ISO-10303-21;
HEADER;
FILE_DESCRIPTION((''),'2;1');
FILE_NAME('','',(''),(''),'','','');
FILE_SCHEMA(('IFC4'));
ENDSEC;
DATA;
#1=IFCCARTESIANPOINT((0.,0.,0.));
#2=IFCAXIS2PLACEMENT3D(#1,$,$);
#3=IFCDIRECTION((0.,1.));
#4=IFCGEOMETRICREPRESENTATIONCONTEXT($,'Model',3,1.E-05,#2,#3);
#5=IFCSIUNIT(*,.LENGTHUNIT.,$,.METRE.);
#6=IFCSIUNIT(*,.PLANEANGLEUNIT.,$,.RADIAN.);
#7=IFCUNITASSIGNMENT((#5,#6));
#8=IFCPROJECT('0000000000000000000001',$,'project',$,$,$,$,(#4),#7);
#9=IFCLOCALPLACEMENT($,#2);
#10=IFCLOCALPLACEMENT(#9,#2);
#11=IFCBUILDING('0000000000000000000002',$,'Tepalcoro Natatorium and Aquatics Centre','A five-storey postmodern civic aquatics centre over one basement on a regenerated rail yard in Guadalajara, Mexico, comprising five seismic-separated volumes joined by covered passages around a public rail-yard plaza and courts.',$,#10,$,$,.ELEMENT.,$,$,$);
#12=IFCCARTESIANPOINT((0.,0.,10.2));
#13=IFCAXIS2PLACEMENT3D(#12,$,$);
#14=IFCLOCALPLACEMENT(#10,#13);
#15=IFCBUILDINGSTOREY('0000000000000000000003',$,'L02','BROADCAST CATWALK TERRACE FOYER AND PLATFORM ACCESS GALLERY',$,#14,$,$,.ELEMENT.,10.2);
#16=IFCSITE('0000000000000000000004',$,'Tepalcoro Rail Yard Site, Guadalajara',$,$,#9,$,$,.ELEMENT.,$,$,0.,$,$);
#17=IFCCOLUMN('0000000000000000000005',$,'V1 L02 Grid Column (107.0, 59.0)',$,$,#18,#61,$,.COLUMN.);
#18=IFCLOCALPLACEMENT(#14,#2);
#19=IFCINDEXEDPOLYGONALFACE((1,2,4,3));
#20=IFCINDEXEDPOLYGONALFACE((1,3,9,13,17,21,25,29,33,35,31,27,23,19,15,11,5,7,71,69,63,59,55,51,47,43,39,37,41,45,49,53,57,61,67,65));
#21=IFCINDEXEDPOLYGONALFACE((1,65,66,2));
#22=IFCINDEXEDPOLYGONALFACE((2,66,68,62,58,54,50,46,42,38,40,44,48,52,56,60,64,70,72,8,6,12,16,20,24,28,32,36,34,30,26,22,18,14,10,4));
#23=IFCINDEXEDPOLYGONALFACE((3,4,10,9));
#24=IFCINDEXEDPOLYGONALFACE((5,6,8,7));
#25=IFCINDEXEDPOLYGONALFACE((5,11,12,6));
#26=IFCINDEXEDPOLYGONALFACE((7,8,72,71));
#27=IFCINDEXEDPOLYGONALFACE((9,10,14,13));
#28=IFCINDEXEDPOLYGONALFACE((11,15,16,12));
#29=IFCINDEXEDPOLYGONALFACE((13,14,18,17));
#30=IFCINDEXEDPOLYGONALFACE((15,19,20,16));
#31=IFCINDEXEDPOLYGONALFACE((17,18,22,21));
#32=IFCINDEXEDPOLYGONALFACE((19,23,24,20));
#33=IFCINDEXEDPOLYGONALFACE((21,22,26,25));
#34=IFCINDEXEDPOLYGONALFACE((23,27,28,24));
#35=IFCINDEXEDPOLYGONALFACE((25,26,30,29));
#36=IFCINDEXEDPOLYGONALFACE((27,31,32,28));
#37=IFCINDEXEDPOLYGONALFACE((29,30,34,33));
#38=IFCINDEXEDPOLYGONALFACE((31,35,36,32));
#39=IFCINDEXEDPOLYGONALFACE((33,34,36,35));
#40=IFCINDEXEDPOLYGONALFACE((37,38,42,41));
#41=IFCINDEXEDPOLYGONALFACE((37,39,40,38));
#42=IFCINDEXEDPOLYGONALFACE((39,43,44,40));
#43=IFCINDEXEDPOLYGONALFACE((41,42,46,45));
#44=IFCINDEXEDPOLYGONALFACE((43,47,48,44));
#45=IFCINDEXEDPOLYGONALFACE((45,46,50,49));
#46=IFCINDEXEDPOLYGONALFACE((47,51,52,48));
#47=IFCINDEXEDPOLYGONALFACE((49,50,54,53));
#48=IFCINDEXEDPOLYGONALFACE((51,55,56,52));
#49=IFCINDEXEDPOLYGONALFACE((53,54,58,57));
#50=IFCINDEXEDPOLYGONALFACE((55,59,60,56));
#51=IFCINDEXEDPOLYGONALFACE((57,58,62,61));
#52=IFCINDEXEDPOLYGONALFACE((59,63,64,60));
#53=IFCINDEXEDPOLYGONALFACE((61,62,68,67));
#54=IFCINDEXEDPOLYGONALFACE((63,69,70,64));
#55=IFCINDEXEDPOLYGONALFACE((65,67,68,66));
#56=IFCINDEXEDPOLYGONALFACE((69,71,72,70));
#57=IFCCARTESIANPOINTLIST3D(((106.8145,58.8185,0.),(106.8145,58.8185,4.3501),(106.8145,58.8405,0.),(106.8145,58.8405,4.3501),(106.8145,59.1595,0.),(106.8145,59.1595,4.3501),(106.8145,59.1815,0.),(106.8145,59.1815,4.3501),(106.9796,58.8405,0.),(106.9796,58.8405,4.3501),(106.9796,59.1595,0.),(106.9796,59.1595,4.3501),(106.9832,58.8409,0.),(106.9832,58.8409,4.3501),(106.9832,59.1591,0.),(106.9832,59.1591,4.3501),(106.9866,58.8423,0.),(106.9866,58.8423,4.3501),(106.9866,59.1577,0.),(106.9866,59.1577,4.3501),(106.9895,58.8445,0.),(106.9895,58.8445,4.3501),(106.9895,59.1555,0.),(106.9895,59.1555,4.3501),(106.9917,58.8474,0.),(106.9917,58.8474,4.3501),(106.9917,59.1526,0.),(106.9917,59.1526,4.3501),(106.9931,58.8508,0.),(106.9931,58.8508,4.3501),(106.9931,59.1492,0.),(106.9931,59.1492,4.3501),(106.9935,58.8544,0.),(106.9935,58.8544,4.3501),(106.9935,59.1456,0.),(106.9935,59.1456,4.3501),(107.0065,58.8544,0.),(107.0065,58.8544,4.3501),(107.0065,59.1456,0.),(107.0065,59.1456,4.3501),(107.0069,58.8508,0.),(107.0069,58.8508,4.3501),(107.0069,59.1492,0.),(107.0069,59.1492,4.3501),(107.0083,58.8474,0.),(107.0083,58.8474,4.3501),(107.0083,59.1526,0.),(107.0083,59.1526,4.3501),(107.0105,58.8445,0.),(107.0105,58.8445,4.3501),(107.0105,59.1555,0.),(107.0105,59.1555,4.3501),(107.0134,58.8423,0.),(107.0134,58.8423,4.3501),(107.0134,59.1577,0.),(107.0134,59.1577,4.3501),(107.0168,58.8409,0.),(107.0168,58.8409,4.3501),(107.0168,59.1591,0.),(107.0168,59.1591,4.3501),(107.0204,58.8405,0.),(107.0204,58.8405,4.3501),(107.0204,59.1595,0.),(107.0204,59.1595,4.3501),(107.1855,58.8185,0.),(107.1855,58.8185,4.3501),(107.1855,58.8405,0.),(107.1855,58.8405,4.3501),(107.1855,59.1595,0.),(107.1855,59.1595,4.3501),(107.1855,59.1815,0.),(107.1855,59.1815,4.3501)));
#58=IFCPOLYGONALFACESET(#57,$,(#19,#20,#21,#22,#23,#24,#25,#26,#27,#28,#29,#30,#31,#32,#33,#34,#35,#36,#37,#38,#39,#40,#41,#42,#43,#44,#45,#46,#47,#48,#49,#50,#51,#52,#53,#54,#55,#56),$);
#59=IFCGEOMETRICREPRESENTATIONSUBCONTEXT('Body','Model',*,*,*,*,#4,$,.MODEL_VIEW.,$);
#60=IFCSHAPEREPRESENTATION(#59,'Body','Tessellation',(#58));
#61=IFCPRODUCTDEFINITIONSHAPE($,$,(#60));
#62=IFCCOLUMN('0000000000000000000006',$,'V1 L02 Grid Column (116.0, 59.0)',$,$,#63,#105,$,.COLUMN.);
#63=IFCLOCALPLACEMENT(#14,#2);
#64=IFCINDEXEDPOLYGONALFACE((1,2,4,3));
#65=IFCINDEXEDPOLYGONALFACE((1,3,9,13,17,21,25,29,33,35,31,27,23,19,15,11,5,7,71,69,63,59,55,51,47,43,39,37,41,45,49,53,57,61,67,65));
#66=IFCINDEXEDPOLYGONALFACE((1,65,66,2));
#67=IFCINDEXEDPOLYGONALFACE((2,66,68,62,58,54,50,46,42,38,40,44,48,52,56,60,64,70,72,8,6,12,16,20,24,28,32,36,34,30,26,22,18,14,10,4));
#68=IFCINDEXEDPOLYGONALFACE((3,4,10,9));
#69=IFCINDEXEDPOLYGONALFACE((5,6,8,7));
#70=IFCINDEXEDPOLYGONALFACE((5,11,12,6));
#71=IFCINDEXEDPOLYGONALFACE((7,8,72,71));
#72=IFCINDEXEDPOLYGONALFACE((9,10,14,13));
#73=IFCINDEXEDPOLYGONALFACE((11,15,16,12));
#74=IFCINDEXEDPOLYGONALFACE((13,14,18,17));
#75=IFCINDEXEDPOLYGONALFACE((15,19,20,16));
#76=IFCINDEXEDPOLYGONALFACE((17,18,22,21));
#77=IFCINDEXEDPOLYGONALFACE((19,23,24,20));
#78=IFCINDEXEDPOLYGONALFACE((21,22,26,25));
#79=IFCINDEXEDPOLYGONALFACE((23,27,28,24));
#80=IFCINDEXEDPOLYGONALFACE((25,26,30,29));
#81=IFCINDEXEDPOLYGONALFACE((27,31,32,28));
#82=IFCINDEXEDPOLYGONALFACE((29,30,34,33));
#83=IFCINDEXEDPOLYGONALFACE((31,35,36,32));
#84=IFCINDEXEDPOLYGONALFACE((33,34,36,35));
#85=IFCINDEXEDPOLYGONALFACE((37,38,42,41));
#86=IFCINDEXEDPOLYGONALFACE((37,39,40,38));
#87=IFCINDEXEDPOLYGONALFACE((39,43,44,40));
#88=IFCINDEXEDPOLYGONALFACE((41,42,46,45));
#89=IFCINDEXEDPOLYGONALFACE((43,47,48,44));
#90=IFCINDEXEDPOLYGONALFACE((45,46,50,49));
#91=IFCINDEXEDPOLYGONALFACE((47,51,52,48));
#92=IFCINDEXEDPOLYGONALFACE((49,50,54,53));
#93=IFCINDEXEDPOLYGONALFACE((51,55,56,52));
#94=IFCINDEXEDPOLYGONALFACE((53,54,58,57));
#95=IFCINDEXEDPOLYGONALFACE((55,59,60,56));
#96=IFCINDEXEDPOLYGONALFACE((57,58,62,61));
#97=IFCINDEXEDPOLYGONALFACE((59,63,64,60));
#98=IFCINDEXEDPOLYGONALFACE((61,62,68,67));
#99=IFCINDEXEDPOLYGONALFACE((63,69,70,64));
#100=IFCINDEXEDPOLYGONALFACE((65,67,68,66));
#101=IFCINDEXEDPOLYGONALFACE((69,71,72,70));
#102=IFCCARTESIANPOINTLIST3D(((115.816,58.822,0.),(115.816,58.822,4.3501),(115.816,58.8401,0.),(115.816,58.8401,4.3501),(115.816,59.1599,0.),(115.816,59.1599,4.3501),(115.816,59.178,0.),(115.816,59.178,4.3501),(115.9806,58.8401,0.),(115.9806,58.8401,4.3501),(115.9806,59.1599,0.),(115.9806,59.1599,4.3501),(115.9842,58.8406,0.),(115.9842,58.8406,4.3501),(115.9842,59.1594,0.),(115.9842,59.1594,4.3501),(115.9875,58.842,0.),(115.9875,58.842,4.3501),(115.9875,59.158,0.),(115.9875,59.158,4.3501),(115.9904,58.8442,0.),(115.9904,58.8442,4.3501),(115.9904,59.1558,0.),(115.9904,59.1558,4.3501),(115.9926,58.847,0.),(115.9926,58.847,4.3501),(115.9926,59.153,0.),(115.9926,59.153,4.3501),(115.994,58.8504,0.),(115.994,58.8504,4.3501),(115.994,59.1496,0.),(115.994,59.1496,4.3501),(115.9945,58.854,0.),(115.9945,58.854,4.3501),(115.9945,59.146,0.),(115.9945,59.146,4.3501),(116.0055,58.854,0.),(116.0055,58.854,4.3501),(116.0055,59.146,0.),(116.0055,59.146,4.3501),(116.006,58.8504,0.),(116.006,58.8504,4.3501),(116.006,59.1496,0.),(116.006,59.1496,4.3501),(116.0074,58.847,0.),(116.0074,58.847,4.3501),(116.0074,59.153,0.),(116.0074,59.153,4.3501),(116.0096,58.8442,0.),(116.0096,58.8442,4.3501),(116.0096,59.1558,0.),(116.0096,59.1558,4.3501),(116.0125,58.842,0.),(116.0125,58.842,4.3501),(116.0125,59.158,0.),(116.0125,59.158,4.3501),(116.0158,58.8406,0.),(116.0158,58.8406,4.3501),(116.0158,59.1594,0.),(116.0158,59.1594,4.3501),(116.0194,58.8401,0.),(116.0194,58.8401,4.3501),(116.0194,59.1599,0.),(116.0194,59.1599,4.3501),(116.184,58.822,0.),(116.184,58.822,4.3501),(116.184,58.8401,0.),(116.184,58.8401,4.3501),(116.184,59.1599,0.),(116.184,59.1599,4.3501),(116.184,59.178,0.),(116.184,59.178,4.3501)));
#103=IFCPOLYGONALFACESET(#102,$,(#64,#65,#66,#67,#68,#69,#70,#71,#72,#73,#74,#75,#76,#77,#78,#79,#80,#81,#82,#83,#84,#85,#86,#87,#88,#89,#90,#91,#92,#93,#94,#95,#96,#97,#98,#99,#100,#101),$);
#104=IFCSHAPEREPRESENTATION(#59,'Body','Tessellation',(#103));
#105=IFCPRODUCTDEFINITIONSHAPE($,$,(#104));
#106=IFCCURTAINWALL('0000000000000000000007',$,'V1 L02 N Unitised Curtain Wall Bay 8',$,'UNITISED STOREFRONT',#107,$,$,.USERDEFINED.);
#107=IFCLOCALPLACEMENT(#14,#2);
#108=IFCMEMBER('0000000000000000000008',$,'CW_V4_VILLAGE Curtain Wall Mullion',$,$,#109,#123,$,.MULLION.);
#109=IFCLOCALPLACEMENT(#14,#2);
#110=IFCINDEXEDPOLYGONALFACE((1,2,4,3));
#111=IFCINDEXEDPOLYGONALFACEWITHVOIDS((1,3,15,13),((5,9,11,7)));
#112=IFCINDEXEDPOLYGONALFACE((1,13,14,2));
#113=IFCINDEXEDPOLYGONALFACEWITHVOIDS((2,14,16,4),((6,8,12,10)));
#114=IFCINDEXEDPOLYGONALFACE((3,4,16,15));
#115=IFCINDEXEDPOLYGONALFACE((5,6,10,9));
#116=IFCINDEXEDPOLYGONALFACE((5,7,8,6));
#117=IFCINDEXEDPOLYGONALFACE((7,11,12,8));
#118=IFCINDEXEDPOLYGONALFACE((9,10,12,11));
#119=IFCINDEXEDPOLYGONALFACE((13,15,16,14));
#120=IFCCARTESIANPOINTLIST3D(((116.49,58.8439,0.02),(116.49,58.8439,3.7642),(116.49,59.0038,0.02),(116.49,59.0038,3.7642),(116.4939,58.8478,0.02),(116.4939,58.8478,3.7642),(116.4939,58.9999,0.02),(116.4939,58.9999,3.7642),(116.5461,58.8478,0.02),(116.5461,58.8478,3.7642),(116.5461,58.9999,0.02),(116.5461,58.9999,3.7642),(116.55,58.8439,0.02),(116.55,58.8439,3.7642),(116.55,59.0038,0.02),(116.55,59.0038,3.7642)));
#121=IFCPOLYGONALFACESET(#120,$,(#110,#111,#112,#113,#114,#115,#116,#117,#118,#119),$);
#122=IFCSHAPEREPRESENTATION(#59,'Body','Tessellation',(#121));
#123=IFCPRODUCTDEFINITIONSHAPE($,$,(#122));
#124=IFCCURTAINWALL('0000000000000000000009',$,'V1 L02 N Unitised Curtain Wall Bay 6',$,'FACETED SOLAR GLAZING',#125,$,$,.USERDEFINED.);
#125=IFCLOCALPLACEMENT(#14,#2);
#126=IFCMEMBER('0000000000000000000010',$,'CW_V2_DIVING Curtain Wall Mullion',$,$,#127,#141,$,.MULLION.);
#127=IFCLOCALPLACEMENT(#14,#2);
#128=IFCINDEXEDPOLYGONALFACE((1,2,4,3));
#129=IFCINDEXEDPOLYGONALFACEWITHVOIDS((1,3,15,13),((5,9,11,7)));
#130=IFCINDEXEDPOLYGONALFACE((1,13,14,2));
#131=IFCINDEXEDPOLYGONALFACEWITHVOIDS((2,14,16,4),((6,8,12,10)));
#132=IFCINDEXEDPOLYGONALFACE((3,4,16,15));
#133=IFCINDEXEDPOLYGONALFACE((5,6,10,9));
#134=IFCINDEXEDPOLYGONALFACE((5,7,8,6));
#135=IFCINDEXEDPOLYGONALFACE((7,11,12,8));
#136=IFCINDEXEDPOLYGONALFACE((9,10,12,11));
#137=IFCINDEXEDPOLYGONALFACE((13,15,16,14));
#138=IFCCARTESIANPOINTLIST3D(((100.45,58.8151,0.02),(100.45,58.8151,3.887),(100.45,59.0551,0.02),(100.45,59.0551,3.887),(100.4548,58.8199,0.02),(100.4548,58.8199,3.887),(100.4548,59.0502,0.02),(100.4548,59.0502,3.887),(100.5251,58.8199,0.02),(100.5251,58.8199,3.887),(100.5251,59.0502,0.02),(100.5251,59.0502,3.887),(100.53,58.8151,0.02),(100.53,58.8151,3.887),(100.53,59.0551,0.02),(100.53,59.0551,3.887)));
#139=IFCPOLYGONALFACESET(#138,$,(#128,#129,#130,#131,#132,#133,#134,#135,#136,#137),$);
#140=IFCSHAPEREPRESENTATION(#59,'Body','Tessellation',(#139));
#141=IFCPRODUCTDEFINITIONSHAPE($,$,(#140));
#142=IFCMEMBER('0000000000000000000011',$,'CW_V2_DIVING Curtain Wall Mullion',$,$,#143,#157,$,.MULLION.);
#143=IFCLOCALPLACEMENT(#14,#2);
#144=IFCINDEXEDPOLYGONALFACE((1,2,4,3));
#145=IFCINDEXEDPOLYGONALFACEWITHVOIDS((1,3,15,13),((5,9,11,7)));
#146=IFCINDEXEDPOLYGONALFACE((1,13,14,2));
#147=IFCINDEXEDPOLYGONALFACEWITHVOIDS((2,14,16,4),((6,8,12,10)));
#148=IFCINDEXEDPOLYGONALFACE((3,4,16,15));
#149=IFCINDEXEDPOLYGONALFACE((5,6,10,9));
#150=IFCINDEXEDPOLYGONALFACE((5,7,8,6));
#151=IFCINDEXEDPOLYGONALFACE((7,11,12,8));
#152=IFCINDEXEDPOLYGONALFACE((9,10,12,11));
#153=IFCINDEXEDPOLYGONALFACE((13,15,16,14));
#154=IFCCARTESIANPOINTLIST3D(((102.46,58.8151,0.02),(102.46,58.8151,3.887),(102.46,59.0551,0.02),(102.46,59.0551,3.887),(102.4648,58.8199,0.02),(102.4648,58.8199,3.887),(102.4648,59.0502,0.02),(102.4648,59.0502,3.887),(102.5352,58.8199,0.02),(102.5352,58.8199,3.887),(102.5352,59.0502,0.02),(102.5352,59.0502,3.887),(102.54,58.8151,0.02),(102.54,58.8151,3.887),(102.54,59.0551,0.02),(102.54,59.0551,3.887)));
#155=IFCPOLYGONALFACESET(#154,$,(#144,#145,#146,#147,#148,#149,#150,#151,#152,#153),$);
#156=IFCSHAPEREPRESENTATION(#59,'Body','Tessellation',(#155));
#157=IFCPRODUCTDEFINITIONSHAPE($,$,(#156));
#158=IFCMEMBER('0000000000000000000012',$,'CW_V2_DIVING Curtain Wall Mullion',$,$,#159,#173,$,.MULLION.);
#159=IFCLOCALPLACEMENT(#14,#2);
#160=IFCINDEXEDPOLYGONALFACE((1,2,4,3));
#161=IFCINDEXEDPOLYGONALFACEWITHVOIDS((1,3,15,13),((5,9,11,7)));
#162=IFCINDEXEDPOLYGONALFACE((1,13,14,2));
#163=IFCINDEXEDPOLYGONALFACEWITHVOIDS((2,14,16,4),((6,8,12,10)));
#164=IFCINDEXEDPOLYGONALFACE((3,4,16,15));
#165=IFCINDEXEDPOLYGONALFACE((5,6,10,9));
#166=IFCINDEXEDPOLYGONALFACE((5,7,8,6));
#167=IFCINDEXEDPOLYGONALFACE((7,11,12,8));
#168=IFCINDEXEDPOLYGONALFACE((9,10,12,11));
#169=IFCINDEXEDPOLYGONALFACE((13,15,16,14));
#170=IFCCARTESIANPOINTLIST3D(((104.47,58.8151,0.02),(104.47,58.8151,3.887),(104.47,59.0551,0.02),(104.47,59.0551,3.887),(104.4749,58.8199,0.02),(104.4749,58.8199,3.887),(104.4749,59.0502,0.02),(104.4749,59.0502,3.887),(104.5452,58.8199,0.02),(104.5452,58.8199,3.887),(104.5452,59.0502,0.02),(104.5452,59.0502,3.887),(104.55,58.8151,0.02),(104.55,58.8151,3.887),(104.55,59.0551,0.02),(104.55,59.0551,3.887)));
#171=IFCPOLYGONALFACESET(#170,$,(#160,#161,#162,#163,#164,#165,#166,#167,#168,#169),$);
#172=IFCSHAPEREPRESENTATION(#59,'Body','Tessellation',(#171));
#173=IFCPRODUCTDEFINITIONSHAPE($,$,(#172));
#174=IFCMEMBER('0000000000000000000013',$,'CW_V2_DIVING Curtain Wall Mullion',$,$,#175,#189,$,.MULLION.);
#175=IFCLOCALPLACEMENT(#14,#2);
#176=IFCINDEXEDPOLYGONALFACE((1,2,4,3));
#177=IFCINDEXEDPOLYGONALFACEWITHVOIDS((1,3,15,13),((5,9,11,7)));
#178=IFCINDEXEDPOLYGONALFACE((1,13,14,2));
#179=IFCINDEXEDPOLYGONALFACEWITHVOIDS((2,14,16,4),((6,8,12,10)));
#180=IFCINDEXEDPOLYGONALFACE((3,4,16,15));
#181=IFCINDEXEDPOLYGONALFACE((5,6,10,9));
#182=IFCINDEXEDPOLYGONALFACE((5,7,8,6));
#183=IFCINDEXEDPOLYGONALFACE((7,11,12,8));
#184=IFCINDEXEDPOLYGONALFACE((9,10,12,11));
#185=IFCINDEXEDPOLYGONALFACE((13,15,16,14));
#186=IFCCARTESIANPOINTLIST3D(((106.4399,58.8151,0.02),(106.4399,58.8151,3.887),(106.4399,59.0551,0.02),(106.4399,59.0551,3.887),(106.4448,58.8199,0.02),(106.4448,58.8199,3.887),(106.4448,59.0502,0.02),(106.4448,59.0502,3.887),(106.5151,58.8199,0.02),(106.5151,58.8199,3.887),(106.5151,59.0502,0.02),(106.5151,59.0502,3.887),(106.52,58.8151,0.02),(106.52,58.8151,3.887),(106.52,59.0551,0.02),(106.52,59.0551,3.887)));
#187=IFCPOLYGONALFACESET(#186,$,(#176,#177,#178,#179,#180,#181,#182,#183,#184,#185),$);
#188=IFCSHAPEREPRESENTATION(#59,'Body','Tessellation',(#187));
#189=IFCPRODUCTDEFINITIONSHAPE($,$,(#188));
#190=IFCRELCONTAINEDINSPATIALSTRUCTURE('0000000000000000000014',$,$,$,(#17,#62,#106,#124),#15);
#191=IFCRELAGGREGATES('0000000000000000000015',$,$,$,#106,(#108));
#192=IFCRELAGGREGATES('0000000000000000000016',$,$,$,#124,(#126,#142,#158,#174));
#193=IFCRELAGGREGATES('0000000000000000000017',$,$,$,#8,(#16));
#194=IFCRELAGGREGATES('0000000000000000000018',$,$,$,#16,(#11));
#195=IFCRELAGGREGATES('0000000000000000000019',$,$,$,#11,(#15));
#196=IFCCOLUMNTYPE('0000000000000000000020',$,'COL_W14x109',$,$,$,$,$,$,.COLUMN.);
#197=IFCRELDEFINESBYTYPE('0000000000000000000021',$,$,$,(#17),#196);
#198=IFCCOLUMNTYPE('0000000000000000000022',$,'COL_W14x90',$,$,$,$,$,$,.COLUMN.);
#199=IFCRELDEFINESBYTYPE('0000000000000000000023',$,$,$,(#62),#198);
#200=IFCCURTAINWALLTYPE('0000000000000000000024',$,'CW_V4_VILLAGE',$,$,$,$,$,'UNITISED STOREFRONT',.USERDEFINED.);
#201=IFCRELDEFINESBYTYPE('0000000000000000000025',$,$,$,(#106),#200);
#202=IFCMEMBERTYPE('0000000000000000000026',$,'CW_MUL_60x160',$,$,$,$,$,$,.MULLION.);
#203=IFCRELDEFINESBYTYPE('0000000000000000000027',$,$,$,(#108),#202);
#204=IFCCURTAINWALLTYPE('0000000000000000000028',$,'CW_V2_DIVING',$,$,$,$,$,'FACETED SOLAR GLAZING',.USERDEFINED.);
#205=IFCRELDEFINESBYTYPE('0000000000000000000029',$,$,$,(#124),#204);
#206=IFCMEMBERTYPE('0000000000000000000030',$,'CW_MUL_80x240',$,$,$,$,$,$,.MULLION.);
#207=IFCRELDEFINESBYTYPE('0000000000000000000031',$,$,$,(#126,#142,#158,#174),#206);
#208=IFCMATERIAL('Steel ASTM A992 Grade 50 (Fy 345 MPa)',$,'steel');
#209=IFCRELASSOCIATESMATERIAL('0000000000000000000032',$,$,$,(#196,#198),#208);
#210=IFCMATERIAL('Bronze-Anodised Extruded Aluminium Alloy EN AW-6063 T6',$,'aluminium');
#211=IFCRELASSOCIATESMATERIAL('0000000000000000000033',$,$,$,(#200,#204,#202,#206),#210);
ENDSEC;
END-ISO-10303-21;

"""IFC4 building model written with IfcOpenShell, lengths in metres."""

from ifc_helpers import new_model, si_unit, direction, frame, origin, origin_2d, place, context, subcontext, project, spatial, hollow_rectangle, i_section, extrude, material, material_profile, profile_set, type_object, element, aggregate, save


model = new_model("IFC4")

# Units and contexts
model_context = context("Model", 3, precision=1e-05, world=origin(), true_north=direction((0.0, 1.0)))
body_context = subcontext(model_context, "Body", "Model", "MODEL_VIEW")
ifc_project = project(units=[si_unit("LENGTHUNIT", "METRE"), si_unit("PLANEANGLEUNIT", "RADIAN")], contexts=[model_context])

# Site, building, storey
site_placement = place(None, origin())
site = spatial("IfcSite", under=ifc_project, at=site_placement, Name="Tepalcoro Rail Yard Site, Guadalajara", CompositionType="ELEMENT", RefElevation=0.0)
building_placement = place(site_placement, origin())
building = spatial("IfcBuilding", under=site, at=building_placement, Name="Tepalcoro Natatorium and Aquatics Centre", Description="A five-storey postmodern civic aquatics centre over one basement on a regenerated rail yard in Guadalajara, Mexico, comprising five seismic-separated volumes joined by covered passages around a public rail-yard plaza and courts.", CompositionType="ELEMENT")
storey_placement = place(building_placement, frame((0.0, 0.0, 10.2)))
storey = spatial("IfcBuildingStorey", under=building, at=storey_placement, Name="L02", Description="BROADCAST CATWALK TERRACE FOYER AND PLATFORM ACCESS GALLERY", CompositionType="ELEMENT", Elevation=10.2)

# Columns
ifc_material_1 = material(Name="Steel ASTM A992 Grade 50 (Fy 345 MPa)", Category="steel")
ifc_material_profile_1 = material_profile(ifc_material_1, i_section(OverallWidth=0.3711, OverallDepth=0.363, WebThickness=0.0129, FlangeThickness=0.022, FilletRadius=0.0139, at=origin_2d()), Name="W14X109")
ifc_profile_set_1 = profile_set([ifc_material_profile_1], Name="Steel ASTM A992 Grade 50 (Fy 345 MPa)")
column_type_1 = type_object("IfcColumnType", Name="COL_W14x109", PredefinedType="COLUMN", material=ifc_profile_set_1)
column_1_placement = place(storey_placement, frame((107.0, 59.0, 0.0), z_axis=(0.0, 0.0, 1.0), x_axis=(1.0, 0.0, 0.0)))
element("IfcColumn", 1, at=column_1_placement, inside=storey, type_object=column_type_1, Name="V1 L02 Grid Column (107.0, 59.0)", PredefinedType="COLUMN", context=body_context, shape_type="SweptSolid", body=[
    extrude(i_section(OverallWidth=0.3711, OverallDepth=0.363, WebThickness=0.0129, FlangeThickness=0.022, FilletRadius=0.0139, at=origin_2d()), origin(), (0.0, 0.0, 1.0), 4.3501),
])
ifc_material_profile_2 = material_profile(ifc_material_1, i_section(OverallWidth=0.3679, OverallDepth=0.356, WebThickness=0.011, FlangeThickness=0.0181, FilletRadius=0.0139, at=origin_2d()), Name="W14X90")
ifc_profile_set_2 = profile_set([ifc_material_profile_2], Name="Steel ASTM A992 Grade 50 (Fy 345 MPa)")
column_type_2 = type_object("IfcColumnType", Name="COL_W14x90", PredefinedType="COLUMN", material=ifc_profile_set_2)
column_2_placement = place(storey_placement, frame((116.0, 59.0, 0.0), z_axis=(0.0, 0.0, 1.0), x_axis=(1.0, 0.0, 0.0)))
element("IfcColumn", 2, at=column_2_placement, inside=storey, type_object=column_type_2, Name="V1 L02 Grid Column (116.0, 59.0)", PredefinedType="COLUMN", context=body_context, shape_type="SweptSolid", body=[
    extrude(i_section(OverallWidth=0.3679, OverallDepth=0.356, WebThickness=0.011, FlangeThickness=0.0181, FilletRadius=0.0139, at=origin_2d()), origin(), (0.0, 0.0, 1.0), 4.3501),
])

# Curtain wall, member
ifc_material_2 = material(Name="Bronze-Anodised Extruded Aluminium Alloy EN AW-6063 T6", Category="aluminium")
curtain_wall_type_1 = type_object("IfcCurtainWallType", Name="CW_V4_VILLAGE", ElementType="UNITISED STOREFRONT", PredefinedType="USERDEFINED", material=ifc_material_2)
curtain_wall_1_placement = place(storey_placement, origin())
curtain_wall_1 = element("IfcCurtainWall", 3, at=curtain_wall_1_placement, inside=storey, type_object=curtain_wall_type_1, Name="V1 L02 N Unitised Curtain Wall Bay 8", ObjectType="UNITISED STOREFRONT", PredefinedType="USERDEFINED")
ifc_material_profile_3 = material_profile(ifc_material_2, hollow_rectangle(XDim=0.0601, YDim=0.1599, WallThickness=0.0039, at=origin_2d()), Name="AL60X160X4")
ifc_profile_set_3 = profile_set([ifc_material_profile_3], Name="Bronze-Anodised Extruded Aluminium Alloy EN AW-6063 T6")
member_type_1 = type_object("IfcMemberType", Name="CW_MUL_60x160", PredefinedType="MULLION", material=ifc_profile_set_3)
member_1_placement = place(storey_placement, frame((116.52, 58.9238, 0.02), z_axis=(0.0, 0.0, 1.0), x_axis=(1.0, 0.0, 0.0)))
member_1 = element("IfcMember", 4, at=member_1_placement, type_object=member_type_1, Name="CW_V4_VILLAGE Curtain Wall Mullion", PredefinedType="MULLION", context=body_context, shape_type="SweptSolid", body=[
    extrude(hollow_rectangle(XDim=0.0601, YDim=0.1599, WallThickness=0.0039, at=origin_2d()), origin(), (0.0, 0.0, 1.0), 3.7441),
])

# Curtain wall, members
curtain_wall_type_2 = type_object("IfcCurtainWallType", Name="CW_V2_DIVING", ElementType="FACETED SOLAR GLAZING", PredefinedType="USERDEFINED", material=ifc_material_2)
curtain_wall_2_placement = place(storey_placement, origin())
curtain_wall_2 = element("IfcCurtainWall", 5, at=curtain_wall_2_placement, inside=storey, type_object=curtain_wall_type_2, Name="V1 L02 N Unitised Curtain Wall Bay 6", ObjectType="FACETED SOLAR GLAZING", PredefinedType="USERDEFINED")
ifc_material_profile_4 = material_profile(ifc_material_2, hollow_rectangle(XDim=0.0801, YDim=0.24, WallThickness=0.0049, at=origin_2d()), Name="AL80X240X5")
ifc_profile_set_4 = profile_set([ifc_material_profile_4], Name="Bronze-Anodised Extruded Aluminium Alloy EN AW-6063 T6")
member_type_2 = type_object("IfcMemberType", Name="CW_MUL_80x240", PredefinedType="MULLION", material=ifc_profile_set_4)
member_2_placement = place(storey_placement, frame((100.49, 58.9351, 0.02), z_axis=(0.0, 0.0, 1.0), x_axis=(1.0, 0.0, 0.0)))
member_2 = element("IfcMember", 6, at=member_2_placement, type_object=member_type_2, Name="CW_V2_DIVING Curtain Wall Mullion", PredefinedType="MULLION", context=body_context, shape_type="SweptSolid", body=[
    extrude(hollow_rectangle(XDim=0.0801, YDim=0.24, WallThickness=0.0049, at=origin_2d()), origin(), (0.0, 0.0, 1.0), 3.8669),
])
member_3_placement = place(storey_placement, frame((102.5, 58.9351, 0.02), z_axis=(0.0, 0.0, 1.0), x_axis=(1.0, 0.0, 0.0)))
member_3 = element("IfcMember", 7, at=member_3_placement, type_object=member_type_2, Name="CW_V2_DIVING Curtain Wall Mullion", PredefinedType="MULLION", context=body_context, shape_type="SweptSolid", body=[
    extrude(hollow_rectangle(XDim=0.0801, YDim=0.24, WallThickness=0.0049, at=origin_2d()), origin(), (0.0, 0.0, 1.0), 3.8669),
])
member_4_placement = place(storey_placement, frame((104.51, 58.9351, 0.02), z_axis=(0.0, 0.0, 1.0), x_axis=(1.0, 0.0, 0.0)))
member_4 = element("IfcMember", 8, at=member_4_placement, type_object=member_type_2, Name="CW_V2_DIVING Curtain Wall Mullion", PredefinedType="MULLION", context=body_context, shape_type="SweptSolid", body=[
    extrude(hollow_rectangle(XDim=0.0801, YDim=0.24, WallThickness=0.0049, at=origin_2d()), origin(), (0.0, 0.0, 1.0), 3.8669),
])
member_5_placement = place(storey_placement, frame((106.48, 58.9351, 0.02), z_axis=(0.0, 0.0, 1.0), x_axis=(1.0, 0.0, 0.0)))
member_5 = element("IfcMember", 9, at=member_5_placement, type_object=member_type_2, Name="CW_V2_DIVING Curtain Wall Mullion", PredefinedType="MULLION", context=body_context, shape_type="SweptSolid", body=[
    extrude(hollow_rectangle(XDim=0.0801, YDim=0.24, WallThickness=0.0049, at=origin_2d()), origin(), (0.0, 0.0, 1.0), 3.8669),
])

aggregate(curtain_wall_1, [member_1])

aggregate(curtain_wall_2, [member_2, member_3, member_4, member_5])

save(model, "model.ifc")
